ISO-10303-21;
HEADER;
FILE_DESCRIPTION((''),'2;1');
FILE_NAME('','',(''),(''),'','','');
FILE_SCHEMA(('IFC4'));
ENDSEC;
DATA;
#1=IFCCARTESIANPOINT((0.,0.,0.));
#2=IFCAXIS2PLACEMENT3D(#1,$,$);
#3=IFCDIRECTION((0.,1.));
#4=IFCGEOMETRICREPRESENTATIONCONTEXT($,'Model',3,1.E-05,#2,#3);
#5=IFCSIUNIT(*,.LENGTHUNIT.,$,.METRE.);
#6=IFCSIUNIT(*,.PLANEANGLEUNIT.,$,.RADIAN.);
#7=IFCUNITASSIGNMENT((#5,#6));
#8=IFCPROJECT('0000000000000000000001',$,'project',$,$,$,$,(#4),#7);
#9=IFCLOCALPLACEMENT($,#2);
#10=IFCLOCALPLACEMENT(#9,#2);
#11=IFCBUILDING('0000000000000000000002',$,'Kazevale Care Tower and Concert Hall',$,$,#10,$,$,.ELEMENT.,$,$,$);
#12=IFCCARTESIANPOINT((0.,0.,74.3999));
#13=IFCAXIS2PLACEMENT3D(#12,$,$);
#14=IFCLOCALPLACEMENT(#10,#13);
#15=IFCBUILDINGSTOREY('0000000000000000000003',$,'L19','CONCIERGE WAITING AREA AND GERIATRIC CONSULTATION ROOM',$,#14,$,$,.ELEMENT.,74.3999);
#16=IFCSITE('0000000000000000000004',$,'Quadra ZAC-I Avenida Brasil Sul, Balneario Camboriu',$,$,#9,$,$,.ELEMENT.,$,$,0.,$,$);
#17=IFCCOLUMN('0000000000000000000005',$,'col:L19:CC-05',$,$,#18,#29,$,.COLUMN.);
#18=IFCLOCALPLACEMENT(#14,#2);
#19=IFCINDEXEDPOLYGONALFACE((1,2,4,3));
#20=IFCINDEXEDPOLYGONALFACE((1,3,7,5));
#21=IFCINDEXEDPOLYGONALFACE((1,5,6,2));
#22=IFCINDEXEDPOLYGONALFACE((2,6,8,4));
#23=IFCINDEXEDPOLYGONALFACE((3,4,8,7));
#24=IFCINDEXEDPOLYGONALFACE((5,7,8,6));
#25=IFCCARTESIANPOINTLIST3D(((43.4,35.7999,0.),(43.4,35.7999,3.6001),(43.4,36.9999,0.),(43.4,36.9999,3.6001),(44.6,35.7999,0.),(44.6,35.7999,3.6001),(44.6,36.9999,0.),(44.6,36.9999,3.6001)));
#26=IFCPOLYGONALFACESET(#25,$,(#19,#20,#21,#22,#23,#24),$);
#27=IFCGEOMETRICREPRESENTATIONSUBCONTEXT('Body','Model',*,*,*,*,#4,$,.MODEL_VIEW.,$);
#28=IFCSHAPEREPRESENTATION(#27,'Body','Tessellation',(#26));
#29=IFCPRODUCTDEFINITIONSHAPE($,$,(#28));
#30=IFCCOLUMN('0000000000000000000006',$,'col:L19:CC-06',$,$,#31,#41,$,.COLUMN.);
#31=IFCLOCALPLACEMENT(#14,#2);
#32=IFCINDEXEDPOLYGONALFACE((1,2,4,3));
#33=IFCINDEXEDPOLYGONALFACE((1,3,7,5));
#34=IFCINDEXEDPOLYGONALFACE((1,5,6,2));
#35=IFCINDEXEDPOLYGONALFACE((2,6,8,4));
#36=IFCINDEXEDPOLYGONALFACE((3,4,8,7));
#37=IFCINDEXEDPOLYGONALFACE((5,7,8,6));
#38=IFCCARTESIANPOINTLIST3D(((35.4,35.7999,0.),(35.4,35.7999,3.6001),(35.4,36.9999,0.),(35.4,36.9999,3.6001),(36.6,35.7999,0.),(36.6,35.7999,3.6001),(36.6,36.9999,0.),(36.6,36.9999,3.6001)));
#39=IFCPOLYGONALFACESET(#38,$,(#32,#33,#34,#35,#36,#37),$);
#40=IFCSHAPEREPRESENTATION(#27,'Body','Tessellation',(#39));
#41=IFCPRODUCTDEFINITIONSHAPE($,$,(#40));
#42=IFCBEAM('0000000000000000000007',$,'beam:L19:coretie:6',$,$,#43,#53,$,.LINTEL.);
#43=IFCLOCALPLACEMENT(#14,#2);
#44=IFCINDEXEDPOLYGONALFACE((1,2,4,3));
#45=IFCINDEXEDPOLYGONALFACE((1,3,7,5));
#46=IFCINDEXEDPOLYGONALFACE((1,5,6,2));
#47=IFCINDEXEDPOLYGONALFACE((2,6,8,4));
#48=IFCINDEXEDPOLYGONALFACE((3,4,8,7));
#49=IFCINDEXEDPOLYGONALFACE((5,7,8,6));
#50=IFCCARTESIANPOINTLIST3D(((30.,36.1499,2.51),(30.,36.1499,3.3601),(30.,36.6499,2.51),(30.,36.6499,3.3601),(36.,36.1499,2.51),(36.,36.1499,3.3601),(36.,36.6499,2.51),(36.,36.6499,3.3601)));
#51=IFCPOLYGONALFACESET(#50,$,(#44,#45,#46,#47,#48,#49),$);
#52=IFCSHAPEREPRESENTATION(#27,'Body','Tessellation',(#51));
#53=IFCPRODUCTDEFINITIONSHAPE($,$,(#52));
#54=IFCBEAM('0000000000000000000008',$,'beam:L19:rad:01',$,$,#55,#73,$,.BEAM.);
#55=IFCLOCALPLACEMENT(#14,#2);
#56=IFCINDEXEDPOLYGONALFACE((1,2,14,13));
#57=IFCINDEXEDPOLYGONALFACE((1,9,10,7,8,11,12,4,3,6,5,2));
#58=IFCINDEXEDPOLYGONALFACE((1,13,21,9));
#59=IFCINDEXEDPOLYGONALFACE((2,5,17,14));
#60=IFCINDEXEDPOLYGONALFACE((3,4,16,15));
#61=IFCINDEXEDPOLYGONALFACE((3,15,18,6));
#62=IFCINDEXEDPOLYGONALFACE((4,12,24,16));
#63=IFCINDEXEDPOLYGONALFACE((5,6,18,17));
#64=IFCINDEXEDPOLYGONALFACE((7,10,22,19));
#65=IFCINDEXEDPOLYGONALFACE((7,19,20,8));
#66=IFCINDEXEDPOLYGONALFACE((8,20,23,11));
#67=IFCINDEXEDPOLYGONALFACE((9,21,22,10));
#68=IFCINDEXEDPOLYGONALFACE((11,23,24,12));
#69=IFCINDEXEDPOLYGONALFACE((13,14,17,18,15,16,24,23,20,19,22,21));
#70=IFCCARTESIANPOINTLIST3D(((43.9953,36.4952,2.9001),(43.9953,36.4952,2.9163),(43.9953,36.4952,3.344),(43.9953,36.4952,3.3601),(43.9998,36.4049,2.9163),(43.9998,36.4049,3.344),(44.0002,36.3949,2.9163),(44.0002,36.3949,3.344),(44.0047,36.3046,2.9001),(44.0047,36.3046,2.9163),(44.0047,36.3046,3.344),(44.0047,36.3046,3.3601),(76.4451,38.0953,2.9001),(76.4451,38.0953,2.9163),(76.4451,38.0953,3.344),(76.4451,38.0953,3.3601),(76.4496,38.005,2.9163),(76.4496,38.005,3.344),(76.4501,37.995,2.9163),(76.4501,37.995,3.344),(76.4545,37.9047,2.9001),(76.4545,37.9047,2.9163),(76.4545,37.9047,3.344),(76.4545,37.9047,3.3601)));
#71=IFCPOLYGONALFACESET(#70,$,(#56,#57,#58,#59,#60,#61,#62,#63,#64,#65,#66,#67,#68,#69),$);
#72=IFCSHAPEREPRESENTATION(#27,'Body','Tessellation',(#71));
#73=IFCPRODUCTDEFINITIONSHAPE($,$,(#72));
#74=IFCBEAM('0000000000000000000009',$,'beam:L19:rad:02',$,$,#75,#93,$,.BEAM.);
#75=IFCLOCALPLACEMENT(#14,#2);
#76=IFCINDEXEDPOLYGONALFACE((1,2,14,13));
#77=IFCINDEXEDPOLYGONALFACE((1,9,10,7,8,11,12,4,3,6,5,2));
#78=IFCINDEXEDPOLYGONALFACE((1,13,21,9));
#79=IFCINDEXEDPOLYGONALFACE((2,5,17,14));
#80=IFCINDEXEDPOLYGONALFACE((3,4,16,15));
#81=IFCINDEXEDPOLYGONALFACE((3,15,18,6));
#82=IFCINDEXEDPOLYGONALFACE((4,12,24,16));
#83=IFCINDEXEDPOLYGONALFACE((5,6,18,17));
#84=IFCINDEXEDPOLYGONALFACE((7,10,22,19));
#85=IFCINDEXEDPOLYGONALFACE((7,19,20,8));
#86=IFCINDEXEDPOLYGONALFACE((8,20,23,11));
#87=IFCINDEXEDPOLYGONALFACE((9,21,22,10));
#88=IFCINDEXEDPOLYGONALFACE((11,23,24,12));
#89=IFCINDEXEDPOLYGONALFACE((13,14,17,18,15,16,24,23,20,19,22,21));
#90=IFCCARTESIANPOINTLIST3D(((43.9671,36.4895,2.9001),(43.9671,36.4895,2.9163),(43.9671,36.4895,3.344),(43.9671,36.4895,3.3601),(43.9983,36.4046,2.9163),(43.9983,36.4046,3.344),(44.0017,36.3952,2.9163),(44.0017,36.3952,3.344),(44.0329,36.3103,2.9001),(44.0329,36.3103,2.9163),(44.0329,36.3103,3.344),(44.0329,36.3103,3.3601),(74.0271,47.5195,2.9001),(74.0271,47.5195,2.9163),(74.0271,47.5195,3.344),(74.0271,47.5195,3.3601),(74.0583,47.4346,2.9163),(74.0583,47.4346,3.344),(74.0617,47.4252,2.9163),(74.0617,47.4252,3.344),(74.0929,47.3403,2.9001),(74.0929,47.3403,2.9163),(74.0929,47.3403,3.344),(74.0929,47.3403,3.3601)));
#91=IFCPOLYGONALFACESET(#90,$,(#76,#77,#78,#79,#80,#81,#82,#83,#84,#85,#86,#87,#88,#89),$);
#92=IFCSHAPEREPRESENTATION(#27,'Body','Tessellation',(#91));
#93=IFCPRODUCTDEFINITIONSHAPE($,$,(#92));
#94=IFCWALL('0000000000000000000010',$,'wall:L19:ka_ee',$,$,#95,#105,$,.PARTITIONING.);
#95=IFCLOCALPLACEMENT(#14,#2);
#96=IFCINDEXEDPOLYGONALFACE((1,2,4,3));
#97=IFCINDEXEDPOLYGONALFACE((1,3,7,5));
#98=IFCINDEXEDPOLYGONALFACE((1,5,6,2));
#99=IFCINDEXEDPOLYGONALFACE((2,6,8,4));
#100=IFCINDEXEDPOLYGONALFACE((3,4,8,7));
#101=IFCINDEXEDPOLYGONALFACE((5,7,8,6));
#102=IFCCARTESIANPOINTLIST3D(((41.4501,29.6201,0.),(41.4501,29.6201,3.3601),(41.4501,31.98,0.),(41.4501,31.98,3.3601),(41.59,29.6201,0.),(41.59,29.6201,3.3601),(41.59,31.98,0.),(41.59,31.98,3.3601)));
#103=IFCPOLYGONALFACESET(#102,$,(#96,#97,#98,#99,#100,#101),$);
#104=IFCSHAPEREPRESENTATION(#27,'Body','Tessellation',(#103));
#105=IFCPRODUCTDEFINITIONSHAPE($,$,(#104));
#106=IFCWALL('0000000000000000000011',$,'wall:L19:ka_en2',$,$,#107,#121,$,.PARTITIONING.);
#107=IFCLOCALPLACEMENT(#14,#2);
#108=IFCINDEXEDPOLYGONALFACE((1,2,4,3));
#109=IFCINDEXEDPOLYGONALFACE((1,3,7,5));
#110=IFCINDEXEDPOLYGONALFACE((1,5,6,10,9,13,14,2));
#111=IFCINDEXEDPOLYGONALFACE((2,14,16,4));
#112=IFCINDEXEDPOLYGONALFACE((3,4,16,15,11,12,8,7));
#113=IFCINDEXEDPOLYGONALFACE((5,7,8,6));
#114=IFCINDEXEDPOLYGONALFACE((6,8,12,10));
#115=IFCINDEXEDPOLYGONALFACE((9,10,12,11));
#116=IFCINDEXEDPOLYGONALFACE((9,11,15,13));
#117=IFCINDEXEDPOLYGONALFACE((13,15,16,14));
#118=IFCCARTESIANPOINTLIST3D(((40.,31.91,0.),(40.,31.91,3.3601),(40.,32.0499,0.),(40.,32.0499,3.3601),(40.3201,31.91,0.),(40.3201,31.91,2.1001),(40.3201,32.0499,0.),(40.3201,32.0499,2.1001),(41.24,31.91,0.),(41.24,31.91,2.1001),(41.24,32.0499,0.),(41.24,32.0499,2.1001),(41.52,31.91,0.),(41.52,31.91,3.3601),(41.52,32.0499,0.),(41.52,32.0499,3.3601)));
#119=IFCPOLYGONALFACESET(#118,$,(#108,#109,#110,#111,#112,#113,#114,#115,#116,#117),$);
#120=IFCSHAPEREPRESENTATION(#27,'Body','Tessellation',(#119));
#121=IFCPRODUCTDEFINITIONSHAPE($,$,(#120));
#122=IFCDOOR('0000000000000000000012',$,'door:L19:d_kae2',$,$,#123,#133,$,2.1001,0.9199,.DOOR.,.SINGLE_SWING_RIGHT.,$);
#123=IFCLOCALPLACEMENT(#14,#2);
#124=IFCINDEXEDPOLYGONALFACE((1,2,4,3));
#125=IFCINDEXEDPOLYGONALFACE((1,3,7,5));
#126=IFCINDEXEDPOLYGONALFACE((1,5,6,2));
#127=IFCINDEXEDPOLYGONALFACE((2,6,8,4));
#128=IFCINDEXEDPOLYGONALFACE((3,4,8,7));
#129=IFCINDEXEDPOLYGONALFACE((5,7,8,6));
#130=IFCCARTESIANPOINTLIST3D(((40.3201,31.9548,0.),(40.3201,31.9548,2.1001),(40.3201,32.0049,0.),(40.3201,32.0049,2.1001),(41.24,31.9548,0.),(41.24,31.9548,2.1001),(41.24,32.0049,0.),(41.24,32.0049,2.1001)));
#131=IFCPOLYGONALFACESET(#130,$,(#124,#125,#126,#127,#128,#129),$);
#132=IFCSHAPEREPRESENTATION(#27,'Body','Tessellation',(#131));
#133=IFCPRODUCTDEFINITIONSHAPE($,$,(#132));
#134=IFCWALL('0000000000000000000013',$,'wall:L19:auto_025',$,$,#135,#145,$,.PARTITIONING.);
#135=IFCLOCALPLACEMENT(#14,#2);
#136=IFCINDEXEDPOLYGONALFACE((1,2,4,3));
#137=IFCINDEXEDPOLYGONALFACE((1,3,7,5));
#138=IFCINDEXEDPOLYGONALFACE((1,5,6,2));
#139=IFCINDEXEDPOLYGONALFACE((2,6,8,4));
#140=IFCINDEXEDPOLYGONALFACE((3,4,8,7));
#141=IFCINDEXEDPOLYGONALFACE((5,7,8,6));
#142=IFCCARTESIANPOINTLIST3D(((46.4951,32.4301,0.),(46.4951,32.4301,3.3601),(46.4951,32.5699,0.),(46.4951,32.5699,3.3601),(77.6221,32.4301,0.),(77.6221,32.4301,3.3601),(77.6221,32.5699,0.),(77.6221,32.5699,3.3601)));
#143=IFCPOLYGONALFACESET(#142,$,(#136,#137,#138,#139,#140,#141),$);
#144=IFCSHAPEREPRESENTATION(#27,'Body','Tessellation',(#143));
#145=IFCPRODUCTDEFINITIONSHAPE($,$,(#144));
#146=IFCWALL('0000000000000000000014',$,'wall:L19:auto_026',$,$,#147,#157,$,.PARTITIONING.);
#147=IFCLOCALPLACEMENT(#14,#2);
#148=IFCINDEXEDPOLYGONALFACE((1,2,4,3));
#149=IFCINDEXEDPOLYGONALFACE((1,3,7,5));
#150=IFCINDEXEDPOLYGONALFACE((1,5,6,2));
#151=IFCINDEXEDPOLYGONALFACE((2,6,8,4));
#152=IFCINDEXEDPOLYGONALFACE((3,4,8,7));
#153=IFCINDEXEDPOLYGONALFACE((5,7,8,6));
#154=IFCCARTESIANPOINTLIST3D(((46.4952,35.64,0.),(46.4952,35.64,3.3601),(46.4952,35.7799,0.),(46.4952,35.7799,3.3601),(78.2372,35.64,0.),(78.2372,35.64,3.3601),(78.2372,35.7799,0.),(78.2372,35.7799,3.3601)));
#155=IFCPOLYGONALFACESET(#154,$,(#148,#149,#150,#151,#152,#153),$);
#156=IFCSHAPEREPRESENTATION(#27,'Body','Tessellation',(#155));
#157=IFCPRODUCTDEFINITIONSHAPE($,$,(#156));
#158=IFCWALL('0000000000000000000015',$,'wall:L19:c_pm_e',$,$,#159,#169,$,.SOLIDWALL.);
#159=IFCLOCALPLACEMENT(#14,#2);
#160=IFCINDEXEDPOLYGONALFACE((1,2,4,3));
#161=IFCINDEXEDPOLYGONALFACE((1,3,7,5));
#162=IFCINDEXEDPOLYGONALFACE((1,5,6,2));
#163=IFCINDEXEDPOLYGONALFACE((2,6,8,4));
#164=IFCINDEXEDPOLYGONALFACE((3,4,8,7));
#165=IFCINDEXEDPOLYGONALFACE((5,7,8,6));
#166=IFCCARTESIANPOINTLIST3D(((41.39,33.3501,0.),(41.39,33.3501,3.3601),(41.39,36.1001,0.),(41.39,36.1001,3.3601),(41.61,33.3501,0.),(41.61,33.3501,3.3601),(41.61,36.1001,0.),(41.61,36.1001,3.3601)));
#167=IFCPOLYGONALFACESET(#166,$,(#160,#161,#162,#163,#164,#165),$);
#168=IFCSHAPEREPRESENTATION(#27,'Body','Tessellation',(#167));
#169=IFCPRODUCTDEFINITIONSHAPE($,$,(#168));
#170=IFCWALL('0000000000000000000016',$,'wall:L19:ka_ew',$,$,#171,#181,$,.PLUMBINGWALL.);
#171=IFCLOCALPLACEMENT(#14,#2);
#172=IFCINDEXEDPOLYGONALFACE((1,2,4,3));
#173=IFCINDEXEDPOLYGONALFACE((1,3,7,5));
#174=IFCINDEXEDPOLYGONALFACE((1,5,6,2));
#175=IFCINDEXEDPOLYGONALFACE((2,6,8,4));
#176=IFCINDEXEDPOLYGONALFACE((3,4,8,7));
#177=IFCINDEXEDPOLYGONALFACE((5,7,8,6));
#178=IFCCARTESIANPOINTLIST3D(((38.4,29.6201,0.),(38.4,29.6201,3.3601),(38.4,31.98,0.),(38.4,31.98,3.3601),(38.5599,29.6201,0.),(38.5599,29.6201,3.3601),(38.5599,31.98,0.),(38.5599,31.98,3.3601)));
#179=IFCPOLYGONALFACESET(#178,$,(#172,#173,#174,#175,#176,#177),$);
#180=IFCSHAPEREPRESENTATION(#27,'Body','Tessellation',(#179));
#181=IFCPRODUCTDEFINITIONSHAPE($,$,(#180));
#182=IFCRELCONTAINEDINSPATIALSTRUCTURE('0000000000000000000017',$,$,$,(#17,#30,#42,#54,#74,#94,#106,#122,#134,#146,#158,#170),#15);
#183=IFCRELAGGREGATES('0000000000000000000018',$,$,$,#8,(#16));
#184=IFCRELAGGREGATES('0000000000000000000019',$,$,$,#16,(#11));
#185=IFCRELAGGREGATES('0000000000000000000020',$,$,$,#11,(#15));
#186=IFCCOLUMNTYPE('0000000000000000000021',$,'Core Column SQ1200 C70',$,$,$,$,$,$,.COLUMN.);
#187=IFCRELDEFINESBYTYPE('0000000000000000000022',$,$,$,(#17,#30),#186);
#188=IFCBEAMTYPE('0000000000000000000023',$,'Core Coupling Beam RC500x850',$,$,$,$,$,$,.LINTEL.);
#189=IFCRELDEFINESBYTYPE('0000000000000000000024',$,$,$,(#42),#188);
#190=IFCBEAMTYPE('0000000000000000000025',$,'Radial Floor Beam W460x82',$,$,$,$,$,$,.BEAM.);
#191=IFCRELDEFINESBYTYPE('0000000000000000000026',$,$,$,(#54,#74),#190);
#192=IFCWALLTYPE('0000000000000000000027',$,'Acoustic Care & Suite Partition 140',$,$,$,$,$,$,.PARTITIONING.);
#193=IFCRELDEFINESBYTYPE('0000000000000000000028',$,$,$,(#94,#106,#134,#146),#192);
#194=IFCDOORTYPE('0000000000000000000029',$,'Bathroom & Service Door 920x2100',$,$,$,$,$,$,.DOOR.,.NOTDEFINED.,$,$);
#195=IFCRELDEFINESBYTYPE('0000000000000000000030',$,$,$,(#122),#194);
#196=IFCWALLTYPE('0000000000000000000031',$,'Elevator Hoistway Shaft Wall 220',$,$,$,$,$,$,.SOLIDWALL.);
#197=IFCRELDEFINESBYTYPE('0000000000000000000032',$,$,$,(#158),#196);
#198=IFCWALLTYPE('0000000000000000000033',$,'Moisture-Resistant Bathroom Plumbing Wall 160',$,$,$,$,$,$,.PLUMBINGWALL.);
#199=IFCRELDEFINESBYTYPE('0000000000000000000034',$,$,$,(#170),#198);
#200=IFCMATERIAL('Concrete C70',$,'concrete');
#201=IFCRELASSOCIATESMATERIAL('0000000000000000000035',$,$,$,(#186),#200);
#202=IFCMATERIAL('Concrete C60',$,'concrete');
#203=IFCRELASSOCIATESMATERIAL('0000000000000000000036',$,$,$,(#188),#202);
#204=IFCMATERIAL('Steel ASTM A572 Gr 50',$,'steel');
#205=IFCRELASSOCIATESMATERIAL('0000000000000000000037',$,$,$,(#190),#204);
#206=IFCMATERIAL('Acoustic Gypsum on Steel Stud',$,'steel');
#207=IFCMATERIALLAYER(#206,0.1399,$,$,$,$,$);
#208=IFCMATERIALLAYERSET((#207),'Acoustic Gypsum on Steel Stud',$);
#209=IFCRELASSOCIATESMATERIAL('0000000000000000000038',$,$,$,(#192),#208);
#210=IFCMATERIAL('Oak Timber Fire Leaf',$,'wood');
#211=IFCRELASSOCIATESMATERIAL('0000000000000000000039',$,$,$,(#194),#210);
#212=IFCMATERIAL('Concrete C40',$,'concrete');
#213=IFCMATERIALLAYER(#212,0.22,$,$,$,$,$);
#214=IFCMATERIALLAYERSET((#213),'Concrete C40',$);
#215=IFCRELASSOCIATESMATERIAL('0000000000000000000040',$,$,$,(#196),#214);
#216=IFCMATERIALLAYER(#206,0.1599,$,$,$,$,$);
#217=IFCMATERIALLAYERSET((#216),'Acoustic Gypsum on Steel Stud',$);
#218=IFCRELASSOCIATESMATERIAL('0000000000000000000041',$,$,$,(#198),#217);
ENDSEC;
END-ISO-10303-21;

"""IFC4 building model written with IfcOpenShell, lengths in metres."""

from ifc_helpers import new_model, si_unit, direction, frame, frame_2d, origin, origin_2d, place, context, subcontext, project, spatial, rectangle, i_section, extrude, material, layer, layer_set, material_profile, profile_set, type_object, element, fill, save


model = new_model("IFC4")

# Units and contexts
model_context = context("Model", 3, precision=1e-05, world=origin(), true_north=direction((0.0, 1.0)))
body_context = subcontext(model_context, "Body", "Model", "MODEL_VIEW")
ifc_project = project(units=[si_unit("LENGTHUNIT", "METRE"), si_unit("PLANEANGLEUNIT", "RADIAN")], contexts=[model_context])

# Site, building, storey
site_placement = place(None, origin())
site = spatial("IfcSite", under=ifc_project, at=site_placement, Name="Quadra ZAC-I Avenida Brasil Sul, Balneario Camboriu", CompositionType="ELEMENT", RefElevation=0.0)
building_placement = place(site_placement, origin())
building = spatial("IfcBuilding", under=site, at=building_placement, Name="Kazevale Care Tower and Concert Hall", CompositionType="ELEMENT")
storey_placement = place(building_placement, frame((0.0, 0.0, 74.3999)))
storey = spatial("IfcBuildingStorey", under=building, at=storey_placement, Name="L19", Description="CONCIERGE WAITING AREA AND GERIATRIC CONSULTATION ROOM", CompositionType="ELEMENT", Elevation=74.3999)

# Columns
ifc_material_1 = material(Name="Concrete C70", Category="concrete")
ifc_material_profile_1 = material_profile(ifc_material_1, rectangle(XDim=1.2, YDim=1.2, at=origin_2d()), Name="RC-SQ1200")
ifc_profile_set_1 = profile_set([ifc_material_profile_1], Name="Concrete C70")
column_type = type_object("IfcColumnType", Name="Core Column SQ1200 C70", PredefinedType="COLUMN", material=ifc_profile_set_1)
for number, where, z_axis, x_axis, name in (
    (1, (44.0, 36.3999, 0.0), (0.0, 0.0, 1.0), (1.0, 0.0, 0.0), "col:L19:CC-05"),
    (2, (36.0, 36.3999, 0.0), (0.0, 0.0, 1.0), (1.0, 0.0, 0.0), "col:L19:CC-06"),
):
    element("IfcColumn", number, at=place(storey_placement, frame(where, z_axis=z_axis, x_axis=x_axis)), inside=storey, type_object=column_type, Name=name, PredefinedType="COLUMN", context=body_context, shape_type="SweptSolid", body=[
        extrude(rectangle(XDim=1.2, YDim=1.2, at=origin_2d()), origin(), (0.0, 0.0, 1.0), 3.6001),
    ])

# Beams
ifc_material_2 = material(Name="Concrete C60", Category="concrete")
ifc_material_profile_2 = material_profile(ifc_material_2, rectangle(XDim=0.5, YDim=0.8501, at=origin_2d()), Name="RC-B500x850")
ifc_profile_set_2 = profile_set([ifc_material_profile_2], Name="Concrete C60")
beam_type_1 = type_object("IfcBeamType", Name="Core Coupling Beam RC500x850", PredefinedType="LINTEL", material=ifc_profile_set_2)
beam_1_placement = place(storey_placement, frame((36.0, 36.3999, 2.9351), z_axis=(-1.0, 0.0, 0.0), x_axis=(0.0, -1.0, 0.0)))
element("IfcBeam", 3, at=beam_1_placement, inside=storey, type_object=beam_type_1, Name="beam:L19:coretie:6", PredefinedType="LINTEL", context=body_context, shape_type="SweptSolid", body=[
    extrude(rectangle(XDim=0.5, YDim=0.8501, at=origin_2d()), origin(), (0.0, 0.0, 1.0), 6.0),
])
ifc_material_3 = material(Name="Steel ASTM A572 Gr 50", Category="steel")
ifc_material_profile_3 = material_profile(ifc_material_3, i_section(OverallWidth=0.1909, OverallDepth=0.46, WebThickness=0.01, FlangeThickness=0.0161, at=origin_2d()), Name="W460x82")
ifc_profile_set_3 = profile_set([ifc_material_profile_3], Name="Steel ASTM A572 Gr 50")
beam_type_2 = type_object("IfcBeamType", Name="Radial Floor Beam W460x82", PredefinedType="BEAM", material=ifc_profile_set_3)
beam_2_placement = place(storey_placement, frame((44.0, 36.3999, 3.1301), z_axis=(0.998786, 0.04925, 0.0), x_axis=(-0.04925, 0.998786, 0.0)))
element("IfcBeam", 4, at=beam_2_placement, inside=storey, type_object=beam_type_2, Name="beam:L19:rad:01", PredefinedType="BEAM", context=body_context, shape_type="SweptSolid", body=[
    extrude(i_section(OverallWidth=0.1909, OverallDepth=0.46, WebThickness=0.01, FlangeThickness=0.0161, at=origin_2d()), origin(), (0.0, 0.0, 1.0), 32.4893),
])
beam_3_placement = place(storey_placement, frame((44.0, 36.3999, 3.1301), z_axis=(0.938795, 0.344475, 0.0), x_axis=(-0.344475, 0.938795, 0.0)))
element("IfcBeam", 5, at=beam_3_placement, inside=storey, type_object=beam_type_2, Name="beam:L19:rad:02", PredefinedType="BEAM", context=body_context, shape_type="SweptSolid", body=[
    extrude(i_section(OverallWidth=0.1909, OverallDepth=0.46, WebThickness=0.01, FlangeThickness=0.0161, at=origin_2d()), origin(), (0.0, 0.0, 1.0), 32.0198),
])

# Wall
ifc_material_4 = material(Name="Acoustic Gypsum on Steel Stud", Category="steel")
ifc_layer_1 = layer(ifc_material_4, 0.1399)
ifc_layer_set_1 = layer_set([ifc_layer_1], Name="Acoustic Gypsum on Steel Stud")
wall_type_1 = type_object("IfcWallType", Name="Acoustic Care & Suite Partition 140", PredefinedType="PARTITIONING", material=ifc_layer_set_1)
wall_1_placement = place(storey_placement, frame((41.52, 29.6201, 0.0), z_axis=(0.0, 0.0, 1.0), x_axis=(0.0, 1.0, 0.0)))
element("IfcWall", 6, at=wall_1_placement, inside=storey, type_object=wall_type_1, Name="wall:L19:ka_ee", PredefinedType="PARTITIONING", context=body_context, shape_type="SweptSolid", body=[
    extrude(rectangle(XDim=2.3599, YDim=0.1399, at=frame_2d((1.1799, 0.0))), origin(), (0.0, 0.0, 1.0), 3.3601),
])

# Wall, opening, door
wall_2_placement = place(storey_placement, frame((40.0, 31.98, 0.0), z_axis=(0.0, 0.0, 1.0), x_axis=(1.0, 0.0, 0.0)))
wall_2 = element("IfcWall", 7, at=wall_2_placement, inside=storey, type_object=wall_type_1, Name="wall:L19:ka_en2", PredefinedType="PARTITIONING", context=body_context, shape_type="SweptSolid", body=[
    extrude(rectangle(XDim=1.52, YDim=0.1399, at=frame_2d((0.76, 0.0))), origin(), (0.0, 0.0, 1.0), 3.3601),
])
opening_1_placement = place(wall_2_placement, frame((0.3201, 0.0, 0.0)))
opening_1 = element("IfcOpeningElement", 8, at=opening_1_placement, cuts=wall_2, PredefinedType="OPENING", context=body_context, shape_type="SweptSolid", body=[
    extrude(rectangle(XDim=0.9199, YDim=2.1001, at=frame_2d((0.46, 1.05))), frame((0.0, 0.0798, 0.0), z_axis=(0.0, -1.0, 0.0), x_axis=(1.0, 0.0, 0.0)), (0.0, 0.0, 1.0), 0.1599),
])
ifc_material_5 = material(Name="Oak Timber Fire Leaf", Category="wood")
door_type = type_object("IfcDoorType", Name="Bathroom & Service Door 920x2100", OperationType="NOTDEFINED", PredefinedType="DOOR", material=ifc_material_5)
door_1_placement = place(opening_1_placement, origin())
door_1 = element("IfcDoor", 9, at=door_1_placement, inside=storey, type_object=door_type, Name="door:L19:d_kae2", OperationType="SINGLE_SWING_RIGHT", OverallHeight=2.1001, OverallWidth=0.9199, PredefinedType="DOOR", context=body_context, shape_type="SweptSolid", body=[
    extrude(rectangle(XDim=0.9199, YDim=2.1001, at=frame_2d((0.46, 1.05))), frame((0.0, 0.0249, 0.0), z_axis=(0.0, -1.0, 0.0), x_axis=(1.0, 0.0, 0.0)), (0.0, 0.0, 1.0), 0.05),
])
fill(opening_1, door_1)

# Walls
wall_3_placement = place(storey_placement, frame((46.4951, 32.5, 0.0), z_axis=(0.0, 0.0, 1.0), x_axis=(1.0, 0.0, 0.0)))
element("IfcWall", 10, at=wall_3_placement, inside=storey, type_object=wall_type_1, Name="wall:L19:auto_025", PredefinedType="PARTITIONING", context=body_context, shape_type="SweptSolid", body=[
    extrude(rectangle(XDim=31.127, YDim=0.1399, at=frame_2d((15.5635, 0.0))), origin(), (0.0, 0.0, 1.0), 3.3601),
])
wall_4_placement = place(storey_placement, frame((46.4951, 35.71, 0.0), z_axis=(0.0, 0.0, 1.0), x_axis=(1.0, 0.0, 0.0)))
element("IfcWall", 11, at=wall_4_placement, inside=storey, type_object=wall_type_1, Name="wall:L19:auto_026", PredefinedType="PARTITIONING", context=body_context, shape_type="SweptSolid", body=[
    extrude(rectangle(XDim=31.7419, YDim=0.1399, at=frame_2d((15.8711, 0.0))), origin(), (0.0, 0.0, 1.0), 3.3601),
])
ifc_material_6 = material(Name="Concrete C40", Category="concrete")
ifc_layer_2 = layer(ifc_material_6, 0.22)
ifc_layer_set_2 = layer_set([ifc_layer_2], Name="Concrete C40")
wall_type_2 = type_object("IfcWallType", Name="Elevator Hoistway Shaft Wall 220", PredefinedType="SOLIDWALL", material=ifc_layer_set_2)
wall_5_placement = place(storey_placement, frame((41.5, 33.3501, 0.0), z_axis=(0.0, 0.0, 1.0), x_axis=(0.0, 1.0, 0.0)))
element("IfcWall", 12, at=wall_5_placement, inside=storey, type_object=wall_type_2, Name="wall:L19:c_pm_e", PredefinedType="SOLIDWALL", context=body_context, shape_type="SweptSolid", body=[
    extrude(rectangle(XDim=2.75, YDim=0.22, at=frame_2d((1.375, 0.0))), origin(), (0.0, 0.0, 1.0), 3.3601),
])
ifc_layer_3 = layer(ifc_material_4, 0.1599)
ifc_layer_set_3 = layer_set([ifc_layer_3], Name="Acoustic Gypsum on Steel Stud")
wall_type_3 = type_object("IfcWallType", Name="Moisture-Resistant Bathroom Plumbing Wall 160", PredefinedType="PLUMBINGWALL", material=ifc_layer_set_3)
for number, where, z_axis, x_axis, name in (
    (13, (38.48, 29.6201, 0.0), (0.0, 0.0, 1.0), (0.0, 1.0, 0.0), "wall:L19:ka_ew"),
):
    element("IfcWall", number, at=place(storey_placement, frame(where, z_axis=z_axis, x_axis=x_axis)), inside=storey, type_object=wall_type_3, Name=name, PredefinedType="PLUMBINGWALL", context=body_context, shape_type="SweptSolid", body=[
        extrude(rectangle(XDim=2.3599, YDim=0.1599, at=frame_2d((1.1799, 0.0))), origin(), (0.0, 0.0, 1.0), 3.3601),
    ])

save(model, "model.ifc")
